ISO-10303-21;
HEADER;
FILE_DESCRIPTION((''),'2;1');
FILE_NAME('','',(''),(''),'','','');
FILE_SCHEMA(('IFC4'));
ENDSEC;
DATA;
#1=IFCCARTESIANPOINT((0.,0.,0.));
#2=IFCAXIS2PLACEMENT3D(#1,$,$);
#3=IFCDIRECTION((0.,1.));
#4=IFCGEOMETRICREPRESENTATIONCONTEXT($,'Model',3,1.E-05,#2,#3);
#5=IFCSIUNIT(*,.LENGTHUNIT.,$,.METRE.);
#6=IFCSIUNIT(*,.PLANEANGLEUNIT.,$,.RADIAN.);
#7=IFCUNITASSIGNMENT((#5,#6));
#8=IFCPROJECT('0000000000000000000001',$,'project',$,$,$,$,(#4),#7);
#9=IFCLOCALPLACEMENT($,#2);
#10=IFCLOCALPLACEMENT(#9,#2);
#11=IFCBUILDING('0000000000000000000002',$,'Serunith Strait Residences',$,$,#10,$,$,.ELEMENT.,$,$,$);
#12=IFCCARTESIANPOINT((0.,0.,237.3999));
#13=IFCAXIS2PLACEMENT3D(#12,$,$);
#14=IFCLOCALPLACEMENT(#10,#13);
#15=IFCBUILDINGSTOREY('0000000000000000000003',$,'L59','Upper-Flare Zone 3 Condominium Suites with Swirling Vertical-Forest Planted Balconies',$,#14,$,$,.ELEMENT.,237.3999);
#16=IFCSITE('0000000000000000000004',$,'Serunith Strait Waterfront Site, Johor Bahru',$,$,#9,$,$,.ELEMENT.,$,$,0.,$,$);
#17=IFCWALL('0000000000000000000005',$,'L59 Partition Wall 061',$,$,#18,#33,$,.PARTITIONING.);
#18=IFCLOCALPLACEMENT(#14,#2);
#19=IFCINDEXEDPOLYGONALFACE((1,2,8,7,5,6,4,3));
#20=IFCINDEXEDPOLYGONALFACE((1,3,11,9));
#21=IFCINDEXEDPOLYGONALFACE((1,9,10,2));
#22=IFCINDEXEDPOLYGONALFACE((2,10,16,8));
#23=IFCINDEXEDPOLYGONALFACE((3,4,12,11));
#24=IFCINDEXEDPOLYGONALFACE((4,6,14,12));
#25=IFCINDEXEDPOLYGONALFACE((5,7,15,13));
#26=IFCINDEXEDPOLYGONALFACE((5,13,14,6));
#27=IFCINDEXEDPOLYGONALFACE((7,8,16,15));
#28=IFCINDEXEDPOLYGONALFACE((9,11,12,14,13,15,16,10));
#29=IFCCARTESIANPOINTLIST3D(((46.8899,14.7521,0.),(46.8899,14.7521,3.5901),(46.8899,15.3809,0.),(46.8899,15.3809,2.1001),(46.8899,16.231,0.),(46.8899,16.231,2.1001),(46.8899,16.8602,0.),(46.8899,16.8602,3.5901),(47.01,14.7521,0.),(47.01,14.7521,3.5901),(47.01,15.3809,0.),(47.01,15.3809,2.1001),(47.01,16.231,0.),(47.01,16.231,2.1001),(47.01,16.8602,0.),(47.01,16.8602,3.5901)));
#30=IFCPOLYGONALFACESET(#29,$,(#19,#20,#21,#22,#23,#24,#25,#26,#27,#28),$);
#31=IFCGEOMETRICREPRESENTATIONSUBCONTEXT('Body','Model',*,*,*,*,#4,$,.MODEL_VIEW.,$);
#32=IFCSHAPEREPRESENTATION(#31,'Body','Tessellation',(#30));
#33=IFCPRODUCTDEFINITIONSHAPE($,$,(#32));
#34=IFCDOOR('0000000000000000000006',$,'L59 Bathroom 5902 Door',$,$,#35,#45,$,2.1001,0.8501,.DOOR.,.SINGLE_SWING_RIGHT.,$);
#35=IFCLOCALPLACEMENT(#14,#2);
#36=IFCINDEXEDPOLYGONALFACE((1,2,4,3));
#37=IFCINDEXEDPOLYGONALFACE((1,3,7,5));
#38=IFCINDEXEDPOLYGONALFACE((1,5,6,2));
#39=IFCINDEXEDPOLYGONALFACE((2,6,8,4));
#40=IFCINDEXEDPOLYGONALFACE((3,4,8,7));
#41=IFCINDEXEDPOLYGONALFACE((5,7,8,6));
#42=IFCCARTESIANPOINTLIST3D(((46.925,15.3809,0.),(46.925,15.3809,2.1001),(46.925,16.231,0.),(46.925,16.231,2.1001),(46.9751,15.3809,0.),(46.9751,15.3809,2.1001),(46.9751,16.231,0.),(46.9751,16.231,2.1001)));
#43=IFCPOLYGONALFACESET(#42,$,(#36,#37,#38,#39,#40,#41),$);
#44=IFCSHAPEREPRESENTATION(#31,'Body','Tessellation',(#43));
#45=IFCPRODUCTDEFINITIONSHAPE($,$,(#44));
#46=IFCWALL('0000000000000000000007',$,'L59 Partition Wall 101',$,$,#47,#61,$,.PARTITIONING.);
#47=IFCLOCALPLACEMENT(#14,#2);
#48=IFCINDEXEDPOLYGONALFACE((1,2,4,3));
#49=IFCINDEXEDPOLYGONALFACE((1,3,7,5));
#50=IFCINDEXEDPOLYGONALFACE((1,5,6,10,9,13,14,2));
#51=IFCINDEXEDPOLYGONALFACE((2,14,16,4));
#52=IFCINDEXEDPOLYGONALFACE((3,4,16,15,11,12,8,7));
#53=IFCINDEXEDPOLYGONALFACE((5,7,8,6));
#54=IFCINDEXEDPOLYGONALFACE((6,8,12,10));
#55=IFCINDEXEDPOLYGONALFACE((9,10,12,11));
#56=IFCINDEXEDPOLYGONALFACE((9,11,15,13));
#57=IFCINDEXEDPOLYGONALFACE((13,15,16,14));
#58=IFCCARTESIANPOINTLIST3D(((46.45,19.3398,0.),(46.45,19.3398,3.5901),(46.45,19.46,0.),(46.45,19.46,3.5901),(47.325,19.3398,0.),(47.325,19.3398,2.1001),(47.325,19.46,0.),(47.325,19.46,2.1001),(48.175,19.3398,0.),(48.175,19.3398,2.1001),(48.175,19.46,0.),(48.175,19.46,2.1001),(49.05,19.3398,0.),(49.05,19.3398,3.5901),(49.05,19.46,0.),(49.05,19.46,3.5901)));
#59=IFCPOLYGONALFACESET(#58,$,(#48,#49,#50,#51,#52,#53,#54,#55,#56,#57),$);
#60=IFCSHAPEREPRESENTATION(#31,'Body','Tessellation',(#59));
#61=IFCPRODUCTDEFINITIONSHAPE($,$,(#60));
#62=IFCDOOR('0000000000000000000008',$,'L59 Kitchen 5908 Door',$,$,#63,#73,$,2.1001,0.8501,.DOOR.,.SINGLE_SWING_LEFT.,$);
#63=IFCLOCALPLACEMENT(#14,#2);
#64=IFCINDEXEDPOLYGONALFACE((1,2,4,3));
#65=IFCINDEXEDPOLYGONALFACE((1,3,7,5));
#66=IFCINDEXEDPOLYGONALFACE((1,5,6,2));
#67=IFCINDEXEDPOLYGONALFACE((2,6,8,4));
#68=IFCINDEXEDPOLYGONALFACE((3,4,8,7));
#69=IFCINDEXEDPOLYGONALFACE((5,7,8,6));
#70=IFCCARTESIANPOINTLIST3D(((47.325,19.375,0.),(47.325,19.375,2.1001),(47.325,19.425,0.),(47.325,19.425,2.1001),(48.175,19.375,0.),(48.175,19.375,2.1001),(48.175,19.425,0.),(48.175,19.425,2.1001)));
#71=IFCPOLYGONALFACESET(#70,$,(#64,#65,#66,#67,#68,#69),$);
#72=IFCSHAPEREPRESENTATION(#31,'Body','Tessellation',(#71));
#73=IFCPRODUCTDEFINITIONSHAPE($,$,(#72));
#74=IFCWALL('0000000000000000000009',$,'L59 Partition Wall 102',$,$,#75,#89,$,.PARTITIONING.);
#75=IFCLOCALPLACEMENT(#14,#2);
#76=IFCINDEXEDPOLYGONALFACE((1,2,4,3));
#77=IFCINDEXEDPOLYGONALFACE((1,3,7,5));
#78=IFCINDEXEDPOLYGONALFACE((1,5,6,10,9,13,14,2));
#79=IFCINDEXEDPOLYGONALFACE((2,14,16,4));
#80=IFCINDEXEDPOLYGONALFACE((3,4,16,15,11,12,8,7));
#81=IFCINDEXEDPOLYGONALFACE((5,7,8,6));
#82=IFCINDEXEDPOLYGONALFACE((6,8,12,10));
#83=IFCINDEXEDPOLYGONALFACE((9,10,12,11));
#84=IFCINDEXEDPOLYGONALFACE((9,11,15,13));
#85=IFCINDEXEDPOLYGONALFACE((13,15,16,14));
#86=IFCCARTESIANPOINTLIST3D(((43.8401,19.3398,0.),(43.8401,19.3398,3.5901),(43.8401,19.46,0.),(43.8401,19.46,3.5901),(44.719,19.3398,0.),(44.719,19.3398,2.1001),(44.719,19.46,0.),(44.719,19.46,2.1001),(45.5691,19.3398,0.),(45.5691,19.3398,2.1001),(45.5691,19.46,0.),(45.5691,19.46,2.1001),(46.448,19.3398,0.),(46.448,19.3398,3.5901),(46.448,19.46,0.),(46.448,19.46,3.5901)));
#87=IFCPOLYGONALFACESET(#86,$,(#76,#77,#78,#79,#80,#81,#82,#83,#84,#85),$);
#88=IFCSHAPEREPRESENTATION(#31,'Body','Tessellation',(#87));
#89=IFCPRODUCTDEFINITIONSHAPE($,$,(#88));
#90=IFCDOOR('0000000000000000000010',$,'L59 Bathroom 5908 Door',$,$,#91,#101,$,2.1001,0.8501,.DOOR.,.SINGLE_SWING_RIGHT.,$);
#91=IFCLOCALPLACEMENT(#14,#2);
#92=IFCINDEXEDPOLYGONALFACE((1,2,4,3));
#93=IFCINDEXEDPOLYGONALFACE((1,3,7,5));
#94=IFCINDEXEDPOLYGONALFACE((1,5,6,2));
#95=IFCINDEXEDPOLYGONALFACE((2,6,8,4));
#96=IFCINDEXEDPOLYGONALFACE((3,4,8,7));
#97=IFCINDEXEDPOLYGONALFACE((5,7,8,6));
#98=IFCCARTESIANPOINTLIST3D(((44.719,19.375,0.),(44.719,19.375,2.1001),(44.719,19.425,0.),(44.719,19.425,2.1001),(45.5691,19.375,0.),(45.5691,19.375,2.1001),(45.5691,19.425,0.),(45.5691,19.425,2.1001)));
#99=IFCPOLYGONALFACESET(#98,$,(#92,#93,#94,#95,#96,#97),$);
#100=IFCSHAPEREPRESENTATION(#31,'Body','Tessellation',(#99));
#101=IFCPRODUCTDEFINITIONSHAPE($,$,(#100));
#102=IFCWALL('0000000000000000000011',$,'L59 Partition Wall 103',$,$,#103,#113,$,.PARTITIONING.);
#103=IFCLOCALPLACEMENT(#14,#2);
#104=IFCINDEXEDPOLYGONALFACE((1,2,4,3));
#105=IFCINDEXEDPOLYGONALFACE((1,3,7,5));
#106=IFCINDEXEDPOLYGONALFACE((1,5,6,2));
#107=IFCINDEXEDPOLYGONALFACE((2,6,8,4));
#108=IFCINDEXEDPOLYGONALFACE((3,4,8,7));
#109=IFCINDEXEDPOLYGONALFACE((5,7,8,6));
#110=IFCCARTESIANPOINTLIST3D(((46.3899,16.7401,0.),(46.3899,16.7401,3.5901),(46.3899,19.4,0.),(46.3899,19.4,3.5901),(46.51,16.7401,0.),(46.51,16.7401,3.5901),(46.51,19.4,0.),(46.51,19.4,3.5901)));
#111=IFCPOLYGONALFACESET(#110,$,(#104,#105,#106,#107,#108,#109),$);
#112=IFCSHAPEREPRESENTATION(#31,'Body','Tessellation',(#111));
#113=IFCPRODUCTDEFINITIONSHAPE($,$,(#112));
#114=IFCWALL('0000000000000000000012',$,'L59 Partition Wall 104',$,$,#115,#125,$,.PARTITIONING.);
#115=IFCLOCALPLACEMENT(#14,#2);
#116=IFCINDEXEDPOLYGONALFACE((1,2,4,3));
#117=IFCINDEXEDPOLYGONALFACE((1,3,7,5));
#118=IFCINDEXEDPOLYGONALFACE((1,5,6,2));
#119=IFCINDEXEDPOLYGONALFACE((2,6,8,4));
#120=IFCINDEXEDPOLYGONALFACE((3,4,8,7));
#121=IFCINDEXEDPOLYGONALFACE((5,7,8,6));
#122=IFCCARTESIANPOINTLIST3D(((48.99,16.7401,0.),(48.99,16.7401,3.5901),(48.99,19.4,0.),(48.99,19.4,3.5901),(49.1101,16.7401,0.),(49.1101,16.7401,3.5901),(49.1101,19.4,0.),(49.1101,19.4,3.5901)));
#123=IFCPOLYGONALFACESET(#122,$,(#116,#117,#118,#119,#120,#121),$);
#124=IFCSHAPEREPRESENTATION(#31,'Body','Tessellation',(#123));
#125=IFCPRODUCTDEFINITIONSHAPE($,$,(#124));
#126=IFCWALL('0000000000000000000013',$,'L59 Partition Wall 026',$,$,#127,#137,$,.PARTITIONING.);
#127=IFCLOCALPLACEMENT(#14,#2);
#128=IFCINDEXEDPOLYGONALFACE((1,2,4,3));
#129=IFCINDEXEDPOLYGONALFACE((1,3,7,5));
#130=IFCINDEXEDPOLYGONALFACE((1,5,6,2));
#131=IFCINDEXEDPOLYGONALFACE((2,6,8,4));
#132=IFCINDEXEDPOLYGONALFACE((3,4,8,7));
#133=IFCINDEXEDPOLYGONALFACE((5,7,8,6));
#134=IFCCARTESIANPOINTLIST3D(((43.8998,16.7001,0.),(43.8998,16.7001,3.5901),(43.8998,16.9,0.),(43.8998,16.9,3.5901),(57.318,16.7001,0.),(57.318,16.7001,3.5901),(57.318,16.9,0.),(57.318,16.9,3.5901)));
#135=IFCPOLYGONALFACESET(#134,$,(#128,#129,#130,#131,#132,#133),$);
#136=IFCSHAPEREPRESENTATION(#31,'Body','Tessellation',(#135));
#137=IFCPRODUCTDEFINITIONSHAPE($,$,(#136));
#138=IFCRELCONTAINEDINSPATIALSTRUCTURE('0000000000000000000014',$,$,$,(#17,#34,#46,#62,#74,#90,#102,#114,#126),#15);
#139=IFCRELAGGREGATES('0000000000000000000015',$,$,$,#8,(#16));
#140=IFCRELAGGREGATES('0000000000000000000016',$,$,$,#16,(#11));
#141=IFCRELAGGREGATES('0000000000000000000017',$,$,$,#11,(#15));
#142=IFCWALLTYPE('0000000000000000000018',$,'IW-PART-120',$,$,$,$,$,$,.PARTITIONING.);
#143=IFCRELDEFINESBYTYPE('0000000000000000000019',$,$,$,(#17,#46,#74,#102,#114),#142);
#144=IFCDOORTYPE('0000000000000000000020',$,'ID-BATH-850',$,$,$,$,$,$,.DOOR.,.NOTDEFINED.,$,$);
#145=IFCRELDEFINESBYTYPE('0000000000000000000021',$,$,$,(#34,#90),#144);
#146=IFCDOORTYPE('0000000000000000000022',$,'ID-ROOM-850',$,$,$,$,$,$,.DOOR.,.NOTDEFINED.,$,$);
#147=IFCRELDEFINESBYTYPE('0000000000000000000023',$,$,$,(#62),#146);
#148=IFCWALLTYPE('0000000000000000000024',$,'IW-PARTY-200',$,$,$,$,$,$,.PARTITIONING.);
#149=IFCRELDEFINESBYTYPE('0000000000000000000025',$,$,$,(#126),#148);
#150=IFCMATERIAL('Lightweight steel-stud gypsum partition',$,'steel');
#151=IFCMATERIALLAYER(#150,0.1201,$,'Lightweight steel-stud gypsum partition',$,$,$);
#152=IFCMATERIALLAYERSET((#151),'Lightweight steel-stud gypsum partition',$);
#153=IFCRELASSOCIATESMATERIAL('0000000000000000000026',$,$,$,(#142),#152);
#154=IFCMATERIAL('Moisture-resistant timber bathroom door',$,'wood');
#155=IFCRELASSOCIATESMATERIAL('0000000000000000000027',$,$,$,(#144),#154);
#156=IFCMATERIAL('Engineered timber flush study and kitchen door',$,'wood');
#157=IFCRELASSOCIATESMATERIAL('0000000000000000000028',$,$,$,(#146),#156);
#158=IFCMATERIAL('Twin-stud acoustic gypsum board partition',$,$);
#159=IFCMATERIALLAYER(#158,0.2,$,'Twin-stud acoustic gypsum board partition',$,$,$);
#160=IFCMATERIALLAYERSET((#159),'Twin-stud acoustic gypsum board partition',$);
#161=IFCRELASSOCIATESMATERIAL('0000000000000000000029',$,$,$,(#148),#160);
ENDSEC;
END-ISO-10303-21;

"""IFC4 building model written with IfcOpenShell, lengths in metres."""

from ifc_helpers import new_model, si_unit, direction, frame, frame_2d, origin, place, context, subcontext, project, spatial, rectangle, extrude, source, transform, mapped, material, layer, layer_set, type_object, element, fill, save


model = new_model("IFC4")

# Units and contexts
model_context = context("Model", 3, precision=1e-05, world=origin(), true_north=direction((0.0, 1.0)))
body_context = subcontext(model_context, "Body", "Model", "MODEL_VIEW")
ifc_project = project(units=[si_unit("LENGTHUNIT", "METRE"), si_unit("PLANEANGLEUNIT", "RADIAN")], contexts=[model_context])

# Site, building, storey
site_placement = place(None, origin())
site = spatial("IfcSite", under=ifc_project, at=site_placement, Name="Serunith Strait Waterfront Site, Johor Bahru", CompositionType="ELEMENT", RefElevation=0.0)
building_placement = place(site_placement, origin())
building = spatial("IfcBuilding", under=site, at=building_placement, Name="Serunith Strait Residences", CompositionType="ELEMENT")
storey_placement = place(building_placement, frame((0.0, 0.0, 237.3999)))
storey = spatial("IfcBuildingStorey", under=building, at=storey_placement, Name="L59", Description="Upper-Flare Zone 3 Condominium Suites with Swirling Vertical-Forest Planted Balconies", CompositionType="ELEMENT", Elevation=237.3999)

# Shared definitions
ifc_material_1 = material(Name="Lightweight steel-stud gypsum partition", Category="steel")
ifc_layer_1 = layer(ifc_material_1, 0.1201, Name="Lightweight steel-stud gypsum partition")
ifc_layer_set_1 = layer_set([ifc_layer_1], Name="Lightweight steel-stud gypsum partition")
wall_type_1 = type_object("IfcWallType", Name="IW-PART-120", PredefinedType="PARTITIONING", material=ifc_layer_set_1)

# Walls, openings, doors
wall_1_placement = place(storey_placement, frame((46.95, 14.752, 0.0), z_axis=(0.0, 0.0, 1.0), x_axis=(0.0, 1.0, 0.0)))
wall_1 = element("IfcWall", 1, at=wall_1_placement, inside=storey, type_object=wall_type_1, Name="L59 Partition Wall 061", PredefinedType="PARTITIONING", context=body_context, shape_type="SweptSolid", body=[
    extrude(rectangle(XDim=2.1082, YDim=0.1201, at=frame_2d((1.0542, 0.0))), origin(), (0.0, 0.0, 1.0), 3.5901),
])
opening_1_placement = place(wall_1_placement, frame((0.6289, 0.0, 0.0)))
opening_1 = element("IfcOpeningElement", 2, at=opening_1_placement, cuts=wall_1, PredefinedType="OPENING", context=body_context, shape_type="SweptSolid", body=[
    extrude(rectangle(XDim=0.8501, YDim=2.1001, at=frame_2d((0.425, 1.05))), frame((0.0, 0.0701, 0.0), z_axis=(0.0, -1.0, 0.0), x_axis=(1.0, 0.0, 0.0)), (0.0, 0.0, 1.0), 0.1401),
])
ifc_material_2 = material(Name="Moisture-resistant timber bathroom door", Category="wood")
door_type_1 = type_object("IfcDoorType", Name="ID-BATH-850", OperationType="NOTDEFINED", PredefinedType="DOOR", material=ifc_material_2)
shared_shape_1 = source(origin(), body_context, "Body", "SweptSolid", [
    extrude(rectangle(XDim=0.8501, YDim=2.1001, at=frame_2d((0.425, 1.05))), frame((0.0, 0.0249, 0.0), z_axis=(0.0, -1.0, 0.0), x_axis=(1.0, 0.0, 0.0)), (0.0, 0.0, 1.0), 0.05),
])
door_1_placement = place(opening_1_placement, origin())
door_1 = element("IfcDoor", 3, at=door_1_placement, inside=storey, type_object=door_type_1, Name="L59 Bathroom 5902 Door", OperationType="SINGLE_SWING_RIGHT", OverallHeight=2.1001, OverallWidth=0.8501, PredefinedType="DOOR", context=body_context, shape_type="MappedRepresentation", body=[
    mapped(shared_shape_1, transform((0.0, 0.0, 0.0), scale=1.0)),
])
fill(opening_1, door_1)
wall_2_placement = place(storey_placement, frame((49.05, 19.3999, 0.0), z_axis=(0.0, 0.0, 1.0), x_axis=(-1.0, 0.0, 0.0)))
wall_2 = element("IfcWall", 4, at=wall_2_placement, inside=storey, type_object=wall_type_1, Name="L59 Partition Wall 101", PredefinedType="PARTITIONING", context=body_context, shape_type="SweptSolid", body=[
    extrude(rectangle(XDim=2.6001, YDim=0.1201, at=frame_2d((1.3, 0.0))), origin(), (0.0, 0.0, 1.0), 3.5901),
])
opening_2_placement = place(wall_2_placement, frame((0.875, 0.0, 0.0)))
opening_2 = element("IfcOpeningElement", 5, at=opening_2_placement, cuts=wall_2, PredefinedType="OPENING", context=body_context, shape_type="SweptSolid", body=[
    extrude(rectangle(XDim=0.8501, YDim=2.1001, at=frame_2d((0.425, 1.05))), frame((0.0, 0.0701, 0.0), z_axis=(0.0, -1.0, 0.0), x_axis=(1.0, 0.0, 0.0)), (0.0, 0.0, 1.0), 0.1401),
])
ifc_material_3 = material(Name="Engineered timber flush study and kitchen door", Category="wood")
door_type_2 = type_object("IfcDoorType", Name="ID-ROOM-850", OperationType="NOTDEFINED", PredefinedType="DOOR", material=ifc_material_3)
door_2_placement = place(opening_2_placement, origin())
door_2 = element("IfcDoor", 6, at=door_2_placement, inside=storey, type_object=door_type_2, Name="L59 Kitchen 5908 Door", OperationType="SINGLE_SWING_LEFT", OverallHeight=2.1001, OverallWidth=0.8501, PredefinedType="DOOR", context=body_context, shape_type="MappedRepresentation", body=[
    mapped(shared_shape_1, transform((0.0, 0.0, 0.0), scale=1.0)),
])
fill(opening_2, door_2)
wall_3_placement = place(storey_placement, frame((46.448, 19.3999, 0.0), z_axis=(0.0, 0.0, 1.0), x_axis=(-1.0, 0.0, 0.0)))
wall_3 = element("IfcWall", 7, at=wall_3_placement, inside=storey, type_object=wall_type_1, Name="L59 Partition Wall 102", PredefinedType="PARTITIONING", context=body_context, shape_type="SweptSolid", body=[
    extrude(rectangle(XDim=2.6079, YDim=0.1201, at=frame_2d((1.304, 0.0))), origin(), (0.0, 0.0, 1.0), 3.5901),
])
opening_3_placement = place(wall_3_placement, frame((0.8789, 0.0, 0.0)))
opening_3 = element("IfcOpeningElement", 8, at=opening_3_placement, cuts=wall_3, PredefinedType="OPENING", context=body_context, shape_type="SweptSolid", body=[
    extrude(rectangle(XDim=0.8501, YDim=2.1001, at=frame_2d((0.425, 1.05))), frame((0.0, 0.0701, 0.0), z_axis=(0.0, -1.0, 0.0), x_axis=(1.0, 0.0, 0.0)), (0.0, 0.0, 1.0), 0.1401),
])
door_3_placement = place(opening_3_placement, origin())
door_3 = element("IfcDoor", 9, at=door_3_placement, inside=storey, type_object=door_type_1, Name="L59 Bathroom 5908 Door", OperationType="SINGLE_SWING_RIGHT", OverallHeight=2.1001, OverallWidth=0.8501, PredefinedType="DOOR", context=body_context, shape_type="MappedRepresentation", body=[
    mapped(shared_shape_1, transform((0.0, 0.0, 0.0), scale=1.0)),
])
fill(opening_3, door_3)

# Walls
for number, where, z_axis, x_axis, name in (
    (10, (46.45, 16.74, 0.0), (0.0, 0.0, 1.0), (0.0, 1.0, 0.0), "L59 Partition Wall 103"),
    (11, (49.05, 16.74, 0.0), (0.0, 0.0, 1.0), (0.0, 1.0, 0.0), "L59 Partition Wall 104"),
):
    element("IfcWall", number, at=place(storey_placement, frame(where, z_axis=z_axis, x_axis=x_axis)), inside=storey, type_object=wall_type_1, Name=name, PredefinedType="PARTITIONING", context=body_context, shape_type="SweptSolid", body=[
        extrude(rectangle(XDim=2.6599, YDim=0.1201, at=frame_2d((1.3301, 0.0))), origin(), (0.0, 0.0, 1.0), 3.5901),
    ])
ifc_material_4 = material(Name="Twin-stud acoustic gypsum board partition")
ifc_layer_2 = layer(ifc_material_4, 0.2, Name="Twin-stud acoustic gypsum board partition")
ifc_layer_set_2 = layer_set([ifc_layer_2], Name="Twin-stud acoustic gypsum board partition")
wall_type_2 = type_object("IfcWallType", Name="IW-PARTY-200", PredefinedType="PARTITIONING", material=ifc_layer_set_2)
wall_4_placement = place(storey_placement, frame((43.8999, 16.8, 0.0), z_axis=(0.0, 0.0, 1.0), x_axis=(1.0, 0.0, 0.0)))
element("IfcWall", 12, at=wall_4_placement, inside=storey, type_object=wall_type_2, Name="L59 Partition Wall 026", PredefinedType="PARTITIONING", context=body_context, shape_type="SweptSolid", body=[
    extrude(rectangle(XDim=13.4182, YDim=0.2, at=frame_2d((6.709, 0.0))), origin(), (0.0, 0.0, 1.0), 3.5901),
])

save(model, "model.ifc")
